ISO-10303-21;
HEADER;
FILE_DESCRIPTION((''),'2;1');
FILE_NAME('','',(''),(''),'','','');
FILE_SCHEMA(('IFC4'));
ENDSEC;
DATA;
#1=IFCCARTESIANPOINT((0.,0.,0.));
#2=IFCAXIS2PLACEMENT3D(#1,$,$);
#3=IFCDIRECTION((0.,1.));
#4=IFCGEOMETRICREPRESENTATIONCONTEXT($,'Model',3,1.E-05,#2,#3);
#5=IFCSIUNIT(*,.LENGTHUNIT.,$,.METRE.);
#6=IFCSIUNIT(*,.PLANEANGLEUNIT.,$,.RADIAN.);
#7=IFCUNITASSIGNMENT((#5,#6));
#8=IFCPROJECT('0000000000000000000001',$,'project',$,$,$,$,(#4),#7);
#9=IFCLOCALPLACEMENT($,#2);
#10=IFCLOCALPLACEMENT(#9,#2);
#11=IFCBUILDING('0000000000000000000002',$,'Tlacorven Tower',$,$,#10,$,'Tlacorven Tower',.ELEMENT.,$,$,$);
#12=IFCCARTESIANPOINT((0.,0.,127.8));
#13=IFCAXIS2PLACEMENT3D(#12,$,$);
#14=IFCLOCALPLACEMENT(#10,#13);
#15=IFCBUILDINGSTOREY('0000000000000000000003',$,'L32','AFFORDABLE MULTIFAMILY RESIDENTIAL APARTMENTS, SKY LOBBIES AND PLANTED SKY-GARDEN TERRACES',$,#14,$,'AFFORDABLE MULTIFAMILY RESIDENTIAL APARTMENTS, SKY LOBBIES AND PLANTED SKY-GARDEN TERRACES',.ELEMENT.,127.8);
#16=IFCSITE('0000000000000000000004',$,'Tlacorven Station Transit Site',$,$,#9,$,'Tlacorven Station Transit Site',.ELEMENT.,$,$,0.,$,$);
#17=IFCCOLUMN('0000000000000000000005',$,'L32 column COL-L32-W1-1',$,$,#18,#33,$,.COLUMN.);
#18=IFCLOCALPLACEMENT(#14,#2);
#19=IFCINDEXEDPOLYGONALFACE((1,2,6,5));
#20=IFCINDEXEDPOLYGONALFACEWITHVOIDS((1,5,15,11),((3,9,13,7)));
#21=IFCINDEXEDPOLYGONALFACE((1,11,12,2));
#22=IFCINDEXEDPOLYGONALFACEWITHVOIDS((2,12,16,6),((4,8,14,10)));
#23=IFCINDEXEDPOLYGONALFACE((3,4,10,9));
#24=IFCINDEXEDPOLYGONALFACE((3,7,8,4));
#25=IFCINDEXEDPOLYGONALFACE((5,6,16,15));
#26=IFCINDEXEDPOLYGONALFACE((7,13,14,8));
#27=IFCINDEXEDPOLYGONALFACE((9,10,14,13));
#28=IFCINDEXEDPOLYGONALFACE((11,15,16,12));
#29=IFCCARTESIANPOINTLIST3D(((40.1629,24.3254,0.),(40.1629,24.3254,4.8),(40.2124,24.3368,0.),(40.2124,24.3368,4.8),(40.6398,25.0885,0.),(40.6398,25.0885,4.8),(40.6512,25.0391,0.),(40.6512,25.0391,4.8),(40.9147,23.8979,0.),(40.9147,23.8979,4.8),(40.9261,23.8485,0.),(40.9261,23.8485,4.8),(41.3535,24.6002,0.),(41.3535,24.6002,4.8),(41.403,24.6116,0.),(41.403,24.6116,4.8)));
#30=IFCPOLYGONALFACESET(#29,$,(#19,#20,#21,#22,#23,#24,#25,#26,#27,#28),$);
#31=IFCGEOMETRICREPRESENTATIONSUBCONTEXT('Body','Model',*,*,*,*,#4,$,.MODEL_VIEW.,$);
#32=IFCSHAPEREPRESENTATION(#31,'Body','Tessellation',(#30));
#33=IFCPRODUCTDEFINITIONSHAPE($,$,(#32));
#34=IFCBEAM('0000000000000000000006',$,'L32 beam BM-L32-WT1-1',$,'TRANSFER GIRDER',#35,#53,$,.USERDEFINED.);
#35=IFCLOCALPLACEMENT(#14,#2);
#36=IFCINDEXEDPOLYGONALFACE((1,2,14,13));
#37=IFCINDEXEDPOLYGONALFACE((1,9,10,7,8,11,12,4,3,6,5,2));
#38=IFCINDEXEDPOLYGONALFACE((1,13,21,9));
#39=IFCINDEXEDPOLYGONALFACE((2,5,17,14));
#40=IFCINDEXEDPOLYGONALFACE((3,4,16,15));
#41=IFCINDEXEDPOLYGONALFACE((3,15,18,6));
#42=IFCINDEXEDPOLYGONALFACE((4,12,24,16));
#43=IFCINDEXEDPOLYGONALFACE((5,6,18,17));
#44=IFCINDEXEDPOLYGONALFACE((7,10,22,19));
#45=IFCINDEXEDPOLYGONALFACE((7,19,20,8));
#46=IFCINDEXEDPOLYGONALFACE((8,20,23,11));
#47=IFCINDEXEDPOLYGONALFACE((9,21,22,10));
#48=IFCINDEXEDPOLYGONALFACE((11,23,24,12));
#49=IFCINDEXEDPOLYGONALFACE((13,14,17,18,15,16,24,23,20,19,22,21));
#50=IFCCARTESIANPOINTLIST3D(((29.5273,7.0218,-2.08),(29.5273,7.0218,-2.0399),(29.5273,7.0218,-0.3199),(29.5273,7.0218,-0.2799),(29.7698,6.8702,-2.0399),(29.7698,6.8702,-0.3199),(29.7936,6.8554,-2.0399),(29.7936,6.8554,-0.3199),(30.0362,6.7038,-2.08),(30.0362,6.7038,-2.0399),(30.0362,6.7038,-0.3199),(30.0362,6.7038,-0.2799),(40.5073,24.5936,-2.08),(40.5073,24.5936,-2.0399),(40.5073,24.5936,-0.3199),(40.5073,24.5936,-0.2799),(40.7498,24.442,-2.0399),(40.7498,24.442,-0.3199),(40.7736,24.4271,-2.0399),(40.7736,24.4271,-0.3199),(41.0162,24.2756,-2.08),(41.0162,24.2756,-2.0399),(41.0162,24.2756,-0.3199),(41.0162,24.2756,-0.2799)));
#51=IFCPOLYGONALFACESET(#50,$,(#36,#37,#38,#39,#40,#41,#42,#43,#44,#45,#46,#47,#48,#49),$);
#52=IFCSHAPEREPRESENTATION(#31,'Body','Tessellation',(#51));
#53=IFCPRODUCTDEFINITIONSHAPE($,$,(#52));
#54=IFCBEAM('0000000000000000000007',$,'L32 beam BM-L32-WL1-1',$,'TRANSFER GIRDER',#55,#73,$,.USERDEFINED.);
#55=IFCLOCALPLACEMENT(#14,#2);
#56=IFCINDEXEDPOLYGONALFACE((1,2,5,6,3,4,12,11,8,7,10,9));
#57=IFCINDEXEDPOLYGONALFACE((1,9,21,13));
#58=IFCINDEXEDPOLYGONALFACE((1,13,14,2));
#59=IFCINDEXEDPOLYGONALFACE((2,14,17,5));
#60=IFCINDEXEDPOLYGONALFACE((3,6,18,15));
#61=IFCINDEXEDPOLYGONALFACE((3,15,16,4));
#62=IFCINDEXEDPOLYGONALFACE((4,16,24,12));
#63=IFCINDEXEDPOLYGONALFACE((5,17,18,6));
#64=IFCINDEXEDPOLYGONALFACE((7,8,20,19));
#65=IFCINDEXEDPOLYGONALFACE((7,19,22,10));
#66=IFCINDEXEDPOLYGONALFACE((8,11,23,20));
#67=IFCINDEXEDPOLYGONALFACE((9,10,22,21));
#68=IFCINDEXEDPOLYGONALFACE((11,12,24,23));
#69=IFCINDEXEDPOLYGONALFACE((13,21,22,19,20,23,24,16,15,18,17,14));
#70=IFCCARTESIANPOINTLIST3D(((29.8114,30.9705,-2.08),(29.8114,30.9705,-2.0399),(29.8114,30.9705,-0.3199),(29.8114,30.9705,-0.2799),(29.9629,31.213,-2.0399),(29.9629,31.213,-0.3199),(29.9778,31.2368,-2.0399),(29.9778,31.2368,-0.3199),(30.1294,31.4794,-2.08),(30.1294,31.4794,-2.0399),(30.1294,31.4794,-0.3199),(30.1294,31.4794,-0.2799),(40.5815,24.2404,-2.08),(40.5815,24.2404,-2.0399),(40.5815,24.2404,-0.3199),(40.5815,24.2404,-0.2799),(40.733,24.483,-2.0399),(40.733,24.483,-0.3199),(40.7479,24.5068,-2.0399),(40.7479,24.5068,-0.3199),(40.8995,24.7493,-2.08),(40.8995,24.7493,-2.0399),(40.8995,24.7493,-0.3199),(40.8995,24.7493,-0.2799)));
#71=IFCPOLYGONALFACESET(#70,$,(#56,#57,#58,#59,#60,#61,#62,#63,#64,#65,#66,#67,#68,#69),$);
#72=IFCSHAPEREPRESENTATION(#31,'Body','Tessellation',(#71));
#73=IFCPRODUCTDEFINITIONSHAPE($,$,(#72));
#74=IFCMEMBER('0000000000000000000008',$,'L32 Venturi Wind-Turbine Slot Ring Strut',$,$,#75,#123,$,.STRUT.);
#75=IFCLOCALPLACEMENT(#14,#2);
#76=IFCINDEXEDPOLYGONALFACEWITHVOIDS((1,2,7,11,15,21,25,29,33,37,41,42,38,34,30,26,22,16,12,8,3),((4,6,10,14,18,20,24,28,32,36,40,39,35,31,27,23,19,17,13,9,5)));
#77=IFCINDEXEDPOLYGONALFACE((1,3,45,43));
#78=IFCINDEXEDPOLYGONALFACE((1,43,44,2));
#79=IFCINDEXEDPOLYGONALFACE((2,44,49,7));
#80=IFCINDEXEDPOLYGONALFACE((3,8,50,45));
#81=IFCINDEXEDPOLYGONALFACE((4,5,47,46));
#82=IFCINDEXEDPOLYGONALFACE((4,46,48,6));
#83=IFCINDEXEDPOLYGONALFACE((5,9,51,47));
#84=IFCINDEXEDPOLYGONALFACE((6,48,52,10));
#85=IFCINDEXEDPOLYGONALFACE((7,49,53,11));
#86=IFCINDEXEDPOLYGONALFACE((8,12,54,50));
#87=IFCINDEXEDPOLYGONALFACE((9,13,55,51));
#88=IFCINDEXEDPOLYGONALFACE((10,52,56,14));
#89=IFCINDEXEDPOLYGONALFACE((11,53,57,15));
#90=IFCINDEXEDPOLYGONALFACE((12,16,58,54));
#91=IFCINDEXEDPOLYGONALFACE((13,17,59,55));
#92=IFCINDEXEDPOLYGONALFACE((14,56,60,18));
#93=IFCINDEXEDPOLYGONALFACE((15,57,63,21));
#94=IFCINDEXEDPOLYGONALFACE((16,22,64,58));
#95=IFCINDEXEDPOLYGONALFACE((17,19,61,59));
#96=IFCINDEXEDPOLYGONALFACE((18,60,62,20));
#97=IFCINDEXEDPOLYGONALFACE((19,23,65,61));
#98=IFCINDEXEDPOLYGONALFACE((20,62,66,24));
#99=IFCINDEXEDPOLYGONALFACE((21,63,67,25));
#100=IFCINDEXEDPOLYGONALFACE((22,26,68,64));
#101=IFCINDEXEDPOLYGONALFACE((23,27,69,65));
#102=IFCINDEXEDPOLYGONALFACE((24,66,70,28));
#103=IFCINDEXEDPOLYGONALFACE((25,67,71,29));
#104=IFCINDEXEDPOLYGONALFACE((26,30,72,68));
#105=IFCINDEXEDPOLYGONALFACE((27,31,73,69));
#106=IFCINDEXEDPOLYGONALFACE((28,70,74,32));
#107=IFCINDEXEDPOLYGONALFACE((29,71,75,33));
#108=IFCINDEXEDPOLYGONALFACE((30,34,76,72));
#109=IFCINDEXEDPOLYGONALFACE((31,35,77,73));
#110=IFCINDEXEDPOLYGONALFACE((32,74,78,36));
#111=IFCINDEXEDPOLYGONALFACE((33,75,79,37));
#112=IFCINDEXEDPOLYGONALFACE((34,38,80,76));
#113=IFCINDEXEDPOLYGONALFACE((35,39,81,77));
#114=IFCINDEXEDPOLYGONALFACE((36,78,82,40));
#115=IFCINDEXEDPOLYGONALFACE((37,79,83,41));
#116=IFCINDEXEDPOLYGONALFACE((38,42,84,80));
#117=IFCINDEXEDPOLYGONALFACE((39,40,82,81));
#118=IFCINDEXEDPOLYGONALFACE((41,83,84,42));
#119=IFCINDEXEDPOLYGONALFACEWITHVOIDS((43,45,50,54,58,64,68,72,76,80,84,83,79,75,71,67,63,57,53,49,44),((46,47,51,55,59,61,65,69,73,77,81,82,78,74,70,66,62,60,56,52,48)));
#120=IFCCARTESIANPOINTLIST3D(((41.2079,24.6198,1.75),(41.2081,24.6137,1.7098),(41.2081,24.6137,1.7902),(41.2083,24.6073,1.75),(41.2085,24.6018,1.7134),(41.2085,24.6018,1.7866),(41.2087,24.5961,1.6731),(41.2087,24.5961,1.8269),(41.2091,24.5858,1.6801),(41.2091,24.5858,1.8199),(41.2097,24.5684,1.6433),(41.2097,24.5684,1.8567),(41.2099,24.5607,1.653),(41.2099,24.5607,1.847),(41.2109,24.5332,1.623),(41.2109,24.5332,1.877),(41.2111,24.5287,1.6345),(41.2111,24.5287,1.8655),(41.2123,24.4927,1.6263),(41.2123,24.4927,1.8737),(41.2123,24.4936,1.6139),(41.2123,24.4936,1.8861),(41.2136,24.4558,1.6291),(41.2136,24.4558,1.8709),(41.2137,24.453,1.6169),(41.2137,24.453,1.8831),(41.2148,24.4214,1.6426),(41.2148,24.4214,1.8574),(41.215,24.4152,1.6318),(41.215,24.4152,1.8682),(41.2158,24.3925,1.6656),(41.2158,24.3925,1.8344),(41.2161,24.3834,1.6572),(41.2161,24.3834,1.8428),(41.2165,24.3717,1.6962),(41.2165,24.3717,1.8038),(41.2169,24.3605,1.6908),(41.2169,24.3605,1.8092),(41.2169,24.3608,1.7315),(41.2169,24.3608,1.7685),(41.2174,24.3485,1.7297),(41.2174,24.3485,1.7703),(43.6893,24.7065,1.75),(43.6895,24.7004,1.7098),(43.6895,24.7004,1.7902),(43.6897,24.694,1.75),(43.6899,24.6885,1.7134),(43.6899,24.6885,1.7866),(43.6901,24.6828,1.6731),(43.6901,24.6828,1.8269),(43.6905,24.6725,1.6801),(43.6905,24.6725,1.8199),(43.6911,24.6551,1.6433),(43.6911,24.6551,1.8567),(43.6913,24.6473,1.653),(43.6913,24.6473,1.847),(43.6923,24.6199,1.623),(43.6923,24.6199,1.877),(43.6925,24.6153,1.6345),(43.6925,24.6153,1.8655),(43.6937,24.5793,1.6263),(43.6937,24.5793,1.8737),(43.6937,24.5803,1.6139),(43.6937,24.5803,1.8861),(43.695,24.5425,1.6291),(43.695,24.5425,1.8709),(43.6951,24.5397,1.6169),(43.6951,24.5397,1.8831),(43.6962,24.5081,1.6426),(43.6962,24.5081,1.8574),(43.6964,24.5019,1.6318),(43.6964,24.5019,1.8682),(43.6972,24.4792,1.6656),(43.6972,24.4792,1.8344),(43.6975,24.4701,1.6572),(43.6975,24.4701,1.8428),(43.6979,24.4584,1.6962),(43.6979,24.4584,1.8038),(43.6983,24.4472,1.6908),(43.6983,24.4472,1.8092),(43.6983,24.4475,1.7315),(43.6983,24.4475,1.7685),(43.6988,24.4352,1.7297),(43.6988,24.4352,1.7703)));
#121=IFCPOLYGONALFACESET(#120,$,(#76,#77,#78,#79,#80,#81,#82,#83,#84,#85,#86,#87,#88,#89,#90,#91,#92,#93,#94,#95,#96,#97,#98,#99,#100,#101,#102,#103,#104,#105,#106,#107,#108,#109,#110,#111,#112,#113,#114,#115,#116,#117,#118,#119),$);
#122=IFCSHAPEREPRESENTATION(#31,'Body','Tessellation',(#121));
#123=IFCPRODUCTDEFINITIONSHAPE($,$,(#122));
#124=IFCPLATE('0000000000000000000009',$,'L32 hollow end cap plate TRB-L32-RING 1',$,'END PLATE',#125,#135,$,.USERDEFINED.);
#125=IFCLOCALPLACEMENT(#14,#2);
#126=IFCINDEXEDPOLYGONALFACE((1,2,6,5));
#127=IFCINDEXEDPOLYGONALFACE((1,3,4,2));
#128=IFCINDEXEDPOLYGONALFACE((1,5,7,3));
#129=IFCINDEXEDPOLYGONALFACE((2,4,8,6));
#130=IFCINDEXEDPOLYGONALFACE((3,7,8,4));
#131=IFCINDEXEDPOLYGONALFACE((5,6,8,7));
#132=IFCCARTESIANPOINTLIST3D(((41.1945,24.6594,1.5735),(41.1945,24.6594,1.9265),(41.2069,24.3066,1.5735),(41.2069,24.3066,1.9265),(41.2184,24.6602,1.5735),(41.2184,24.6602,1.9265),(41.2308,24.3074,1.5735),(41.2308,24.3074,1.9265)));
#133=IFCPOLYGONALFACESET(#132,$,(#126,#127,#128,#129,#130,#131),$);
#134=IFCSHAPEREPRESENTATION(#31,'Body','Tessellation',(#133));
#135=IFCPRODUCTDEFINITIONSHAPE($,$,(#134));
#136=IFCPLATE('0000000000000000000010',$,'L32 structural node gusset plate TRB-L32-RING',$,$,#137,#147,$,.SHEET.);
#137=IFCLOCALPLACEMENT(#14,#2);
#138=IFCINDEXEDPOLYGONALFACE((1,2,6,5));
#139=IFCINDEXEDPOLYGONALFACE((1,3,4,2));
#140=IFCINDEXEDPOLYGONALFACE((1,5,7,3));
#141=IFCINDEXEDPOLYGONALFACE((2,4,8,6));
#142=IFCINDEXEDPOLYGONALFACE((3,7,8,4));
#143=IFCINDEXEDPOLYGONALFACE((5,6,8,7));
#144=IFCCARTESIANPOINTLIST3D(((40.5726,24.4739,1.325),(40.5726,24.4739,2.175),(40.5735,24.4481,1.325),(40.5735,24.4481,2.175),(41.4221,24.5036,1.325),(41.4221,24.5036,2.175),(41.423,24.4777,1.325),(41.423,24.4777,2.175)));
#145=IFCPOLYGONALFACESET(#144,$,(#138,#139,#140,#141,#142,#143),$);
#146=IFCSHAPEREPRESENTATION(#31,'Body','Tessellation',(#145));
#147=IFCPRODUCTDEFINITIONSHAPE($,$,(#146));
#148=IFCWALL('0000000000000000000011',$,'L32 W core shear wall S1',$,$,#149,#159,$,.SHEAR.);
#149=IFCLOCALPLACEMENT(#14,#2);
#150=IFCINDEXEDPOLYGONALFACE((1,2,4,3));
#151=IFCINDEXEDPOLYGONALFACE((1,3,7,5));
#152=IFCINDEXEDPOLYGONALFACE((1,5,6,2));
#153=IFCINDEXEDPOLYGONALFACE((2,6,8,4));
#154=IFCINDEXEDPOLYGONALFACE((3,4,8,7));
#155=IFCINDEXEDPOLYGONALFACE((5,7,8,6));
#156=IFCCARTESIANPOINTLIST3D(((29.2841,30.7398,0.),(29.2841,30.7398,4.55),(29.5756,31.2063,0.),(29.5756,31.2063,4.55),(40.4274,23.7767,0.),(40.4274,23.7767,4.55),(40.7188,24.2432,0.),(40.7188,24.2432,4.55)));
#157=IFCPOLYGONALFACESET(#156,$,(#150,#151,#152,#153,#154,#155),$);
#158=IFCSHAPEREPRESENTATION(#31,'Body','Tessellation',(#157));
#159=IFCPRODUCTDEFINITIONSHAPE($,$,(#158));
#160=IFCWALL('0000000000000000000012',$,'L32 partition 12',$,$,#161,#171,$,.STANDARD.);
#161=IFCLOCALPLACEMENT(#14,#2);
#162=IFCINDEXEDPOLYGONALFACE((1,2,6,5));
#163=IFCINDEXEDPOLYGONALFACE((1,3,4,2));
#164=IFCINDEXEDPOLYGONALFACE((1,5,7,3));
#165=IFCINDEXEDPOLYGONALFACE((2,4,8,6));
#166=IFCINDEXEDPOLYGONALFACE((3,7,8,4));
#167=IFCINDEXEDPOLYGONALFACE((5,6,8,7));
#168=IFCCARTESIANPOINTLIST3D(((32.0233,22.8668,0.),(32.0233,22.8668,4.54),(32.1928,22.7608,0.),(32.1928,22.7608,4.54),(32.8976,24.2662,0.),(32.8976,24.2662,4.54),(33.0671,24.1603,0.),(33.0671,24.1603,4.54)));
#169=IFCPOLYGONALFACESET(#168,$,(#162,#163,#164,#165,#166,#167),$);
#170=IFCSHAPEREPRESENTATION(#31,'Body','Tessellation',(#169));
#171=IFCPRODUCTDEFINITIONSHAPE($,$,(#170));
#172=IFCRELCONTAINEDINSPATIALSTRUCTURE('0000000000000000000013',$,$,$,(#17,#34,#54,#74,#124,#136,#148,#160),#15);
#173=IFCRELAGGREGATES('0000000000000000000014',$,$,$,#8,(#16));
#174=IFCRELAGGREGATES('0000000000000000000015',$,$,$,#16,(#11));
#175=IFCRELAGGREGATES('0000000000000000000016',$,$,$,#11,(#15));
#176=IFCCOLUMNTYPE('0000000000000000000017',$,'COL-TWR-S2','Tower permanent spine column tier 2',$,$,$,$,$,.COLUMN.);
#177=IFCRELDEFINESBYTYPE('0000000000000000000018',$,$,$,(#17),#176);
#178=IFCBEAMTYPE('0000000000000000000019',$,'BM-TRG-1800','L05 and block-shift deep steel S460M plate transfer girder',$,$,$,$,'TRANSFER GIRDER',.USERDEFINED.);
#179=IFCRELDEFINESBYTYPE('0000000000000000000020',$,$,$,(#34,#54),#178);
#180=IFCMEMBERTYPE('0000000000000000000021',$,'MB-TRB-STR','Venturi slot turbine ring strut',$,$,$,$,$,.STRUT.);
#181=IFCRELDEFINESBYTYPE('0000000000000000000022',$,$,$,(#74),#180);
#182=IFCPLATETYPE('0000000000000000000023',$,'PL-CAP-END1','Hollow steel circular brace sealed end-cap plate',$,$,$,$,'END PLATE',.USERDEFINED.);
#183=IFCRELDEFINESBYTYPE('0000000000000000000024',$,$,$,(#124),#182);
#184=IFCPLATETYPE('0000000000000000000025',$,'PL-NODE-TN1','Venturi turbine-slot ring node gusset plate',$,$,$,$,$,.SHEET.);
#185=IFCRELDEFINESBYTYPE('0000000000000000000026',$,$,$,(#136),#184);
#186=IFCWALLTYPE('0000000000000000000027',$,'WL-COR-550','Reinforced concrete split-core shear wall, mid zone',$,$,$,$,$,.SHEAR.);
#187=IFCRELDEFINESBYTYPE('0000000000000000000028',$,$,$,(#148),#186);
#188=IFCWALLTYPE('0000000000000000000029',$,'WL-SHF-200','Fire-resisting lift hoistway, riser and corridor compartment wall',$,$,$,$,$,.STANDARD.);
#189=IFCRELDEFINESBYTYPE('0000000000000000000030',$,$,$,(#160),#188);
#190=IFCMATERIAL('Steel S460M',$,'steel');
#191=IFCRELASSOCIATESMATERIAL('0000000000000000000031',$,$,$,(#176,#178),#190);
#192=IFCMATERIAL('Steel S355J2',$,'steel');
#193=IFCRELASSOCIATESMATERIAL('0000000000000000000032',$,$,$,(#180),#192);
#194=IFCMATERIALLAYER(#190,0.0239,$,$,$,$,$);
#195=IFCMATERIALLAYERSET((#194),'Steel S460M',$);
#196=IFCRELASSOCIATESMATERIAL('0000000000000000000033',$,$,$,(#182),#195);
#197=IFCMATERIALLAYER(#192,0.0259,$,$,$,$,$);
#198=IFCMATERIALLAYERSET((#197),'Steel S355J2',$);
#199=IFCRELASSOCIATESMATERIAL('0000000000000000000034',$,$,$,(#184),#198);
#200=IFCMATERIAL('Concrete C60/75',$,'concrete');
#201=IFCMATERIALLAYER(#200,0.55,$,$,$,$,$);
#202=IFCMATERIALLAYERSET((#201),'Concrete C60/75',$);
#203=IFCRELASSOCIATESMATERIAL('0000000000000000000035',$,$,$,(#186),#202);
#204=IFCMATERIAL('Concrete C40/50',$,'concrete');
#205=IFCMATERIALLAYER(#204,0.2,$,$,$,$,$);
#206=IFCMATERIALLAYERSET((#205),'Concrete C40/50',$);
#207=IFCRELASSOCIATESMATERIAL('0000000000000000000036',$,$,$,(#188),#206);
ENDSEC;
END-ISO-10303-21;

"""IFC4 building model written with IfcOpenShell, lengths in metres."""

from ifc_helpers import new_model, si_unit, direction, frame, frame_2d, origin, origin_2d, place, context, subcontext, project, spatial, rectangle, hollow_rectangle, hollow_circle, i_section, extrude, source, transform, mapped, material, layer, layer_set, material_profile, profile_set, type_object, element, save


model = new_model("IFC4")

# Units and contexts
model_context = context("Model", 3, precision=1e-05, world=origin(), true_north=direction((0.0, 1.0)))
body_context = subcontext(model_context, "Body", "Model", "MODEL_VIEW")
ifc_project = project(units=[si_unit("LENGTHUNIT", "METRE"), si_unit("PLANEANGLEUNIT", "RADIAN")], contexts=[model_context])

# Site, building, storey
site_placement = place(None, origin())
site = spatial("IfcSite", under=ifc_project, at=site_placement, Name="Tlacorven Station Transit Site", LongName="Tlacorven Station Transit Site", CompositionType="ELEMENT", RefElevation=0.0)
building_placement = place(site_placement, origin())
building = spatial("IfcBuilding", under=site, at=building_placement, Name="Tlacorven Tower", LongName="Tlacorven Tower", CompositionType="ELEMENT")
storey_placement = place(building_placement, frame((0.0, 0.0, 127.8)))
storey = spatial("IfcBuildingStorey", under=building, at=storey_placement, Name="L32", Description="AFFORDABLE MULTIFAMILY RESIDENTIAL APARTMENTS, SKY LOBBIES AND PLANTED SKY-GARDEN TERRACES", LongName="AFFORDABLE MULTIFAMILY RESIDENTIAL APARTMENTS, SKY LOBBIES AND PLANTED SKY-GARDEN TERRACES", CompositionType="ELEMENT", Elevation=127.8)

# Column
ifc_material_1 = material(Name="Steel S460M", Category="steel")
ifc_material_profile_1 = material_profile(ifc_material_1, hollow_rectangle(XDim=0.8999, YDim=0.8999, WallThickness=0.0359, at=origin_2d()), Name="BOX 900X900X36")
ifc_profile_set_1 = profile_set([ifc_material_profile_1], Name="Steel S460M")
column_type = type_object("IfcColumnType", Name="COL-TWR-S2", Description="Tower permanent spine column tier 2", PredefinedType="COLUMN", material=ifc_profile_set_1)
shared_shape_1 = source(origin(), body_context, "Body", "SweptSolid", [
    extrude(hollow_rectangle(XDim=0.8999, YDim=0.8999, WallThickness=0.0359, at=origin_2d()), origin(), (0.0, 0.0, 1.0), 4.8),
])
column_placement = place(storey_placement, frame((40.783, 24.4685, 0.0), z_axis=(0.0, 0.0, 1.0), x_axis=(-0.848048, 0.529919, 0.0)))
element("IfcColumn", 1, at=column_placement, inside=storey, type_object=column_type, Name="L32 column COL-L32-W1-1", PredefinedType="COLUMN", context=body_context, shape_type="MappedRepresentation", body=[
    mapped(shared_shape_1, transform((0.0, 0.0, 0.0), scale=1.0)),
])

# Beams
ifc_material_profile_2 = material_profile(ifc_material_1, i_section(OverallWidth=0.6001, OverallDepth=1.8, WebThickness=0.0281, FlangeThickness=0.04, at=origin_2d()), Name="PG 1800X600X28X40")
ifc_profile_set_2 = profile_set([ifc_material_profile_2], Name="Steel S460M")
beam_type = type_object("IfcBeamType", Name="BM-TRG-1800", Description="L05 and block-shift deep steel S460M plate transfer girder", ElementType="TRANSFER GIRDER", PredefinedType="USERDEFINED", material=ifc_profile_set_2)
shared_shape_2 = source(origin(), body_context, "Body", "SweptSolid", [
    extrude(i_section(OverallWidth=0.6001, OverallDepth=1.8, WebThickness=0.0281, FlangeThickness=0.04, at=origin_2d()), origin(), (0.0, 0.0, 1.0), 20.7202),
])
beam_1_placement = place(storey_placement, frame((40.7617, 24.4346, -1.1799), z_axis=(-0.529916, -0.84805, 0.0), x_axis=(0.84805, -0.529916, 0.0)))
element("IfcBeam", 2, at=beam_1_placement, inside=storey, type_object=beam_type, Name="L32 beam BM-L32-WT1-1", ObjectType="TRANSFER GIRDER", PredefinedType="USERDEFINED", context=body_context, shape_type="MappedRepresentation", body=[
    mapped(shared_shape_2, transform((0.0, 0.0, 0.0), scale=1.0)),
])
shared_shape_3 = source(origin(), body_context, "Body", "SweptSolid", [
    extrude(i_section(OverallWidth=0.6001, OverallDepth=1.8, WebThickness=0.0281, FlangeThickness=0.04, at=origin_2d()), origin(), (0.0, 0.0, 1.0), 12.7),
])
beam_2_placement = place(storey_placement, frame((40.7405, 24.4949, -1.1799), z_axis=(-0.848044, 0.529926, 0.0), x_axis=(-0.529926, -0.848044, 0.0)))
element("IfcBeam", 3, at=beam_2_placement, inside=storey, type_object=beam_type, Name="L32 beam BM-L32-WL1-1", ObjectType="TRANSFER GIRDER", PredefinedType="USERDEFINED", context=body_context, shape_type="MappedRepresentation", body=[
    mapped(shared_shape_3, transform((0.0, 0.0, 0.0), scale=1.0)),
])

# Member
ifc_material_2 = material(Name="Steel S355J2", Category="steel")
ifc_material_profile_3 = material_profile(ifc_material_2, hollow_circle(Radius=0.1365, WallThickness=0.0125, at=origin_2d()), Name="CHS 273.0X12.5")
ifc_profile_set_3 = profile_set([ifc_material_profile_3], Name="Steel S355J2")
member_type = type_object("IfcMemberType", Name="MB-TRB-STR", Description="Venturi slot turbine ring strut", PredefinedType="STRUT", material=ifc_profile_set_3)
shared_shape_4 = source(origin(), body_context, "Body", "SweptSolid", [
    extrude(hollow_circle(Radius=0.1365, WallThickness=0.0125, at=origin_2d()), origin(), (0.0, 0.0, 1.0), 2.4829),
])
member_placement = place(storey_placement, frame((41.2126, 24.4834, 1.75), z_axis=(0.999391, 0.034906, 0.0), x_axis=(-0.034906, 0.999391, 0.0)))
element("IfcMember", 4, at=member_placement, inside=storey, type_object=member_type, Name="L32 Venturi Wind-Turbine Slot Ring Strut", PredefinedType="STRUT", context=body_context, shape_type="MappedRepresentation", body=[
    mapped(shared_shape_4, transform((0.0, 0.0, 0.0), scale=1.0)),
])

# Plates
ifc_layer_1 = layer(ifc_material_1, 0.0239)
ifc_layer_set_1 = layer_set([ifc_layer_1], Name="Steel S460M")
plate_type_1 = type_object("IfcPlateType", Name="PL-CAP-END1", Description="Hollow steel circular brace sealed end-cap plate", ElementType="END PLATE", PredefinedType="USERDEFINED", material=ifc_layer_set_1)
shared_shape_5 = source(origin(), body_context, "Body", "SweptSolid", [
    extrude(rectangle(XDim=0.0239, YDim=0.353, at=origin_2d()), origin(), (0.0, 0.0, 1.0), 0.353),
])
plate_1_placement = place(storey_placement, frame((41.2126, 24.4834, 1.5735), z_axis=(0.0, 0.0, 1.0), x_axis=(0.999391, 0.034899, 0.0)))
element("IfcPlate", 5, at=plate_1_placement, inside=storey, type_object=plate_type_1, Name="L32 hollow end cap plate TRB-L32-RING 1", ObjectType="END PLATE", PredefinedType="USERDEFINED", context=body_context, shape_type="MappedRepresentation", body=[
    mapped(shared_shape_5, transform((0.0, 0.0, 0.0), scale=1.0)),
])
ifc_layer_2 = layer(ifc_material_2, 0.0259)
ifc_layer_set_2 = layer_set([ifc_layer_2], Name="Steel S355J2")
plate_type_2 = type_object("IfcPlateType", Name="PL-NODE-TN1", Description="Venturi turbine-slot ring node gusset plate", PredefinedType="SHEET", material=ifc_layer_set_2)
shared_shape_6 = source(origin(), body_context, "Body", "SweptSolid", [
    extrude(rectangle(XDim=0.8501, YDim=0.0259, at=origin_2d()), origin(), (0.0, 0.0, 1.0), 0.8501),
])
plate_2_placement = place(storey_placement, frame((40.9978, 24.4758, 1.325), z_axis=(0.0, 0.0, 1.0), x_axis=(0.999391, 0.034899, 0.0)))
element("IfcPlate", 6, at=plate_2_placement, inside=storey, type_object=plate_type_2, Name="L32 structural node gusset plate TRB-L32-RING", PredefinedType="SHEET", context=body_context, shape_type="MappedRepresentation", body=[
    mapped(shared_shape_6, transform((0.0, 0.0, 0.0), scale=1.0)),
])

# Walls
ifc_material_3 = material(Name="Concrete C60/75", Category="concrete")
ifc_layer_3 = layer(ifc_material_3, 0.55)
ifc_layer_set_3 = layer_set([ifc_layer_3], Name="Concrete C60/75")
wall_type_1 = type_object("IfcWallType", Name="WL-COR-550", Description="Reinforced concrete split-core shear wall, mid zone", PredefinedType="SHEAR", material=ifc_layer_set_3)
wall_1_placement = place(storey_placement, frame((40.573, 24.01, 0.0), z_axis=(0.0, 0.0, 1.0), x_axis=(-0.848047, 0.52992, 0.0)))
element("IfcWall", 7, at=wall_1_placement, inside=storey, type_object=wall_type_1, Name="L32 W core shear wall S1", PredefinedType="SHEAR", context=body_context, shape_type="SweptSolid", body=[
    extrude(rectangle(XDim=13.1399, YDim=0.55, at=frame_2d((6.5698, 0.0))), origin(), (0.0, 0.0, 1.0), 4.55),
])
ifc_material_4 = material(Name="Concrete C40/50", Category="concrete")
ifc_layer_4 = layer(ifc_material_4, 0.2)
ifc_layer_set_4 = layer_set([ifc_layer_4], Name="Concrete C40/50")
wall_type_2 = type_object("IfcWallType", Name="WL-SHF-200", Description="Fire-resisting lift hoistway, riser and corridor compartment wall", PredefinedType="STANDARD", material=ifc_layer_set_4)
wall_2_placement = place(storey_placement, frame((32.9824, 24.2134, 0.0), z_axis=(0.0, 0.0, 1.0), x_axis=(-0.529839, -0.848098, 0.0)))
element("IfcWall", 8, at=wall_2_placement, inside=storey, type_object=wall_type_2, Name="L32 partition 12", PredefinedType="STANDARD", context=body_context, shape_type="SweptSolid", body=[
    extrude(rectangle(XDim=1.6501, YDim=0.2, at=frame_2d((0.8252, 0.0))), origin(), (0.0, 0.0, 1.0), 4.54),
])

save(model, "model.ifc")
